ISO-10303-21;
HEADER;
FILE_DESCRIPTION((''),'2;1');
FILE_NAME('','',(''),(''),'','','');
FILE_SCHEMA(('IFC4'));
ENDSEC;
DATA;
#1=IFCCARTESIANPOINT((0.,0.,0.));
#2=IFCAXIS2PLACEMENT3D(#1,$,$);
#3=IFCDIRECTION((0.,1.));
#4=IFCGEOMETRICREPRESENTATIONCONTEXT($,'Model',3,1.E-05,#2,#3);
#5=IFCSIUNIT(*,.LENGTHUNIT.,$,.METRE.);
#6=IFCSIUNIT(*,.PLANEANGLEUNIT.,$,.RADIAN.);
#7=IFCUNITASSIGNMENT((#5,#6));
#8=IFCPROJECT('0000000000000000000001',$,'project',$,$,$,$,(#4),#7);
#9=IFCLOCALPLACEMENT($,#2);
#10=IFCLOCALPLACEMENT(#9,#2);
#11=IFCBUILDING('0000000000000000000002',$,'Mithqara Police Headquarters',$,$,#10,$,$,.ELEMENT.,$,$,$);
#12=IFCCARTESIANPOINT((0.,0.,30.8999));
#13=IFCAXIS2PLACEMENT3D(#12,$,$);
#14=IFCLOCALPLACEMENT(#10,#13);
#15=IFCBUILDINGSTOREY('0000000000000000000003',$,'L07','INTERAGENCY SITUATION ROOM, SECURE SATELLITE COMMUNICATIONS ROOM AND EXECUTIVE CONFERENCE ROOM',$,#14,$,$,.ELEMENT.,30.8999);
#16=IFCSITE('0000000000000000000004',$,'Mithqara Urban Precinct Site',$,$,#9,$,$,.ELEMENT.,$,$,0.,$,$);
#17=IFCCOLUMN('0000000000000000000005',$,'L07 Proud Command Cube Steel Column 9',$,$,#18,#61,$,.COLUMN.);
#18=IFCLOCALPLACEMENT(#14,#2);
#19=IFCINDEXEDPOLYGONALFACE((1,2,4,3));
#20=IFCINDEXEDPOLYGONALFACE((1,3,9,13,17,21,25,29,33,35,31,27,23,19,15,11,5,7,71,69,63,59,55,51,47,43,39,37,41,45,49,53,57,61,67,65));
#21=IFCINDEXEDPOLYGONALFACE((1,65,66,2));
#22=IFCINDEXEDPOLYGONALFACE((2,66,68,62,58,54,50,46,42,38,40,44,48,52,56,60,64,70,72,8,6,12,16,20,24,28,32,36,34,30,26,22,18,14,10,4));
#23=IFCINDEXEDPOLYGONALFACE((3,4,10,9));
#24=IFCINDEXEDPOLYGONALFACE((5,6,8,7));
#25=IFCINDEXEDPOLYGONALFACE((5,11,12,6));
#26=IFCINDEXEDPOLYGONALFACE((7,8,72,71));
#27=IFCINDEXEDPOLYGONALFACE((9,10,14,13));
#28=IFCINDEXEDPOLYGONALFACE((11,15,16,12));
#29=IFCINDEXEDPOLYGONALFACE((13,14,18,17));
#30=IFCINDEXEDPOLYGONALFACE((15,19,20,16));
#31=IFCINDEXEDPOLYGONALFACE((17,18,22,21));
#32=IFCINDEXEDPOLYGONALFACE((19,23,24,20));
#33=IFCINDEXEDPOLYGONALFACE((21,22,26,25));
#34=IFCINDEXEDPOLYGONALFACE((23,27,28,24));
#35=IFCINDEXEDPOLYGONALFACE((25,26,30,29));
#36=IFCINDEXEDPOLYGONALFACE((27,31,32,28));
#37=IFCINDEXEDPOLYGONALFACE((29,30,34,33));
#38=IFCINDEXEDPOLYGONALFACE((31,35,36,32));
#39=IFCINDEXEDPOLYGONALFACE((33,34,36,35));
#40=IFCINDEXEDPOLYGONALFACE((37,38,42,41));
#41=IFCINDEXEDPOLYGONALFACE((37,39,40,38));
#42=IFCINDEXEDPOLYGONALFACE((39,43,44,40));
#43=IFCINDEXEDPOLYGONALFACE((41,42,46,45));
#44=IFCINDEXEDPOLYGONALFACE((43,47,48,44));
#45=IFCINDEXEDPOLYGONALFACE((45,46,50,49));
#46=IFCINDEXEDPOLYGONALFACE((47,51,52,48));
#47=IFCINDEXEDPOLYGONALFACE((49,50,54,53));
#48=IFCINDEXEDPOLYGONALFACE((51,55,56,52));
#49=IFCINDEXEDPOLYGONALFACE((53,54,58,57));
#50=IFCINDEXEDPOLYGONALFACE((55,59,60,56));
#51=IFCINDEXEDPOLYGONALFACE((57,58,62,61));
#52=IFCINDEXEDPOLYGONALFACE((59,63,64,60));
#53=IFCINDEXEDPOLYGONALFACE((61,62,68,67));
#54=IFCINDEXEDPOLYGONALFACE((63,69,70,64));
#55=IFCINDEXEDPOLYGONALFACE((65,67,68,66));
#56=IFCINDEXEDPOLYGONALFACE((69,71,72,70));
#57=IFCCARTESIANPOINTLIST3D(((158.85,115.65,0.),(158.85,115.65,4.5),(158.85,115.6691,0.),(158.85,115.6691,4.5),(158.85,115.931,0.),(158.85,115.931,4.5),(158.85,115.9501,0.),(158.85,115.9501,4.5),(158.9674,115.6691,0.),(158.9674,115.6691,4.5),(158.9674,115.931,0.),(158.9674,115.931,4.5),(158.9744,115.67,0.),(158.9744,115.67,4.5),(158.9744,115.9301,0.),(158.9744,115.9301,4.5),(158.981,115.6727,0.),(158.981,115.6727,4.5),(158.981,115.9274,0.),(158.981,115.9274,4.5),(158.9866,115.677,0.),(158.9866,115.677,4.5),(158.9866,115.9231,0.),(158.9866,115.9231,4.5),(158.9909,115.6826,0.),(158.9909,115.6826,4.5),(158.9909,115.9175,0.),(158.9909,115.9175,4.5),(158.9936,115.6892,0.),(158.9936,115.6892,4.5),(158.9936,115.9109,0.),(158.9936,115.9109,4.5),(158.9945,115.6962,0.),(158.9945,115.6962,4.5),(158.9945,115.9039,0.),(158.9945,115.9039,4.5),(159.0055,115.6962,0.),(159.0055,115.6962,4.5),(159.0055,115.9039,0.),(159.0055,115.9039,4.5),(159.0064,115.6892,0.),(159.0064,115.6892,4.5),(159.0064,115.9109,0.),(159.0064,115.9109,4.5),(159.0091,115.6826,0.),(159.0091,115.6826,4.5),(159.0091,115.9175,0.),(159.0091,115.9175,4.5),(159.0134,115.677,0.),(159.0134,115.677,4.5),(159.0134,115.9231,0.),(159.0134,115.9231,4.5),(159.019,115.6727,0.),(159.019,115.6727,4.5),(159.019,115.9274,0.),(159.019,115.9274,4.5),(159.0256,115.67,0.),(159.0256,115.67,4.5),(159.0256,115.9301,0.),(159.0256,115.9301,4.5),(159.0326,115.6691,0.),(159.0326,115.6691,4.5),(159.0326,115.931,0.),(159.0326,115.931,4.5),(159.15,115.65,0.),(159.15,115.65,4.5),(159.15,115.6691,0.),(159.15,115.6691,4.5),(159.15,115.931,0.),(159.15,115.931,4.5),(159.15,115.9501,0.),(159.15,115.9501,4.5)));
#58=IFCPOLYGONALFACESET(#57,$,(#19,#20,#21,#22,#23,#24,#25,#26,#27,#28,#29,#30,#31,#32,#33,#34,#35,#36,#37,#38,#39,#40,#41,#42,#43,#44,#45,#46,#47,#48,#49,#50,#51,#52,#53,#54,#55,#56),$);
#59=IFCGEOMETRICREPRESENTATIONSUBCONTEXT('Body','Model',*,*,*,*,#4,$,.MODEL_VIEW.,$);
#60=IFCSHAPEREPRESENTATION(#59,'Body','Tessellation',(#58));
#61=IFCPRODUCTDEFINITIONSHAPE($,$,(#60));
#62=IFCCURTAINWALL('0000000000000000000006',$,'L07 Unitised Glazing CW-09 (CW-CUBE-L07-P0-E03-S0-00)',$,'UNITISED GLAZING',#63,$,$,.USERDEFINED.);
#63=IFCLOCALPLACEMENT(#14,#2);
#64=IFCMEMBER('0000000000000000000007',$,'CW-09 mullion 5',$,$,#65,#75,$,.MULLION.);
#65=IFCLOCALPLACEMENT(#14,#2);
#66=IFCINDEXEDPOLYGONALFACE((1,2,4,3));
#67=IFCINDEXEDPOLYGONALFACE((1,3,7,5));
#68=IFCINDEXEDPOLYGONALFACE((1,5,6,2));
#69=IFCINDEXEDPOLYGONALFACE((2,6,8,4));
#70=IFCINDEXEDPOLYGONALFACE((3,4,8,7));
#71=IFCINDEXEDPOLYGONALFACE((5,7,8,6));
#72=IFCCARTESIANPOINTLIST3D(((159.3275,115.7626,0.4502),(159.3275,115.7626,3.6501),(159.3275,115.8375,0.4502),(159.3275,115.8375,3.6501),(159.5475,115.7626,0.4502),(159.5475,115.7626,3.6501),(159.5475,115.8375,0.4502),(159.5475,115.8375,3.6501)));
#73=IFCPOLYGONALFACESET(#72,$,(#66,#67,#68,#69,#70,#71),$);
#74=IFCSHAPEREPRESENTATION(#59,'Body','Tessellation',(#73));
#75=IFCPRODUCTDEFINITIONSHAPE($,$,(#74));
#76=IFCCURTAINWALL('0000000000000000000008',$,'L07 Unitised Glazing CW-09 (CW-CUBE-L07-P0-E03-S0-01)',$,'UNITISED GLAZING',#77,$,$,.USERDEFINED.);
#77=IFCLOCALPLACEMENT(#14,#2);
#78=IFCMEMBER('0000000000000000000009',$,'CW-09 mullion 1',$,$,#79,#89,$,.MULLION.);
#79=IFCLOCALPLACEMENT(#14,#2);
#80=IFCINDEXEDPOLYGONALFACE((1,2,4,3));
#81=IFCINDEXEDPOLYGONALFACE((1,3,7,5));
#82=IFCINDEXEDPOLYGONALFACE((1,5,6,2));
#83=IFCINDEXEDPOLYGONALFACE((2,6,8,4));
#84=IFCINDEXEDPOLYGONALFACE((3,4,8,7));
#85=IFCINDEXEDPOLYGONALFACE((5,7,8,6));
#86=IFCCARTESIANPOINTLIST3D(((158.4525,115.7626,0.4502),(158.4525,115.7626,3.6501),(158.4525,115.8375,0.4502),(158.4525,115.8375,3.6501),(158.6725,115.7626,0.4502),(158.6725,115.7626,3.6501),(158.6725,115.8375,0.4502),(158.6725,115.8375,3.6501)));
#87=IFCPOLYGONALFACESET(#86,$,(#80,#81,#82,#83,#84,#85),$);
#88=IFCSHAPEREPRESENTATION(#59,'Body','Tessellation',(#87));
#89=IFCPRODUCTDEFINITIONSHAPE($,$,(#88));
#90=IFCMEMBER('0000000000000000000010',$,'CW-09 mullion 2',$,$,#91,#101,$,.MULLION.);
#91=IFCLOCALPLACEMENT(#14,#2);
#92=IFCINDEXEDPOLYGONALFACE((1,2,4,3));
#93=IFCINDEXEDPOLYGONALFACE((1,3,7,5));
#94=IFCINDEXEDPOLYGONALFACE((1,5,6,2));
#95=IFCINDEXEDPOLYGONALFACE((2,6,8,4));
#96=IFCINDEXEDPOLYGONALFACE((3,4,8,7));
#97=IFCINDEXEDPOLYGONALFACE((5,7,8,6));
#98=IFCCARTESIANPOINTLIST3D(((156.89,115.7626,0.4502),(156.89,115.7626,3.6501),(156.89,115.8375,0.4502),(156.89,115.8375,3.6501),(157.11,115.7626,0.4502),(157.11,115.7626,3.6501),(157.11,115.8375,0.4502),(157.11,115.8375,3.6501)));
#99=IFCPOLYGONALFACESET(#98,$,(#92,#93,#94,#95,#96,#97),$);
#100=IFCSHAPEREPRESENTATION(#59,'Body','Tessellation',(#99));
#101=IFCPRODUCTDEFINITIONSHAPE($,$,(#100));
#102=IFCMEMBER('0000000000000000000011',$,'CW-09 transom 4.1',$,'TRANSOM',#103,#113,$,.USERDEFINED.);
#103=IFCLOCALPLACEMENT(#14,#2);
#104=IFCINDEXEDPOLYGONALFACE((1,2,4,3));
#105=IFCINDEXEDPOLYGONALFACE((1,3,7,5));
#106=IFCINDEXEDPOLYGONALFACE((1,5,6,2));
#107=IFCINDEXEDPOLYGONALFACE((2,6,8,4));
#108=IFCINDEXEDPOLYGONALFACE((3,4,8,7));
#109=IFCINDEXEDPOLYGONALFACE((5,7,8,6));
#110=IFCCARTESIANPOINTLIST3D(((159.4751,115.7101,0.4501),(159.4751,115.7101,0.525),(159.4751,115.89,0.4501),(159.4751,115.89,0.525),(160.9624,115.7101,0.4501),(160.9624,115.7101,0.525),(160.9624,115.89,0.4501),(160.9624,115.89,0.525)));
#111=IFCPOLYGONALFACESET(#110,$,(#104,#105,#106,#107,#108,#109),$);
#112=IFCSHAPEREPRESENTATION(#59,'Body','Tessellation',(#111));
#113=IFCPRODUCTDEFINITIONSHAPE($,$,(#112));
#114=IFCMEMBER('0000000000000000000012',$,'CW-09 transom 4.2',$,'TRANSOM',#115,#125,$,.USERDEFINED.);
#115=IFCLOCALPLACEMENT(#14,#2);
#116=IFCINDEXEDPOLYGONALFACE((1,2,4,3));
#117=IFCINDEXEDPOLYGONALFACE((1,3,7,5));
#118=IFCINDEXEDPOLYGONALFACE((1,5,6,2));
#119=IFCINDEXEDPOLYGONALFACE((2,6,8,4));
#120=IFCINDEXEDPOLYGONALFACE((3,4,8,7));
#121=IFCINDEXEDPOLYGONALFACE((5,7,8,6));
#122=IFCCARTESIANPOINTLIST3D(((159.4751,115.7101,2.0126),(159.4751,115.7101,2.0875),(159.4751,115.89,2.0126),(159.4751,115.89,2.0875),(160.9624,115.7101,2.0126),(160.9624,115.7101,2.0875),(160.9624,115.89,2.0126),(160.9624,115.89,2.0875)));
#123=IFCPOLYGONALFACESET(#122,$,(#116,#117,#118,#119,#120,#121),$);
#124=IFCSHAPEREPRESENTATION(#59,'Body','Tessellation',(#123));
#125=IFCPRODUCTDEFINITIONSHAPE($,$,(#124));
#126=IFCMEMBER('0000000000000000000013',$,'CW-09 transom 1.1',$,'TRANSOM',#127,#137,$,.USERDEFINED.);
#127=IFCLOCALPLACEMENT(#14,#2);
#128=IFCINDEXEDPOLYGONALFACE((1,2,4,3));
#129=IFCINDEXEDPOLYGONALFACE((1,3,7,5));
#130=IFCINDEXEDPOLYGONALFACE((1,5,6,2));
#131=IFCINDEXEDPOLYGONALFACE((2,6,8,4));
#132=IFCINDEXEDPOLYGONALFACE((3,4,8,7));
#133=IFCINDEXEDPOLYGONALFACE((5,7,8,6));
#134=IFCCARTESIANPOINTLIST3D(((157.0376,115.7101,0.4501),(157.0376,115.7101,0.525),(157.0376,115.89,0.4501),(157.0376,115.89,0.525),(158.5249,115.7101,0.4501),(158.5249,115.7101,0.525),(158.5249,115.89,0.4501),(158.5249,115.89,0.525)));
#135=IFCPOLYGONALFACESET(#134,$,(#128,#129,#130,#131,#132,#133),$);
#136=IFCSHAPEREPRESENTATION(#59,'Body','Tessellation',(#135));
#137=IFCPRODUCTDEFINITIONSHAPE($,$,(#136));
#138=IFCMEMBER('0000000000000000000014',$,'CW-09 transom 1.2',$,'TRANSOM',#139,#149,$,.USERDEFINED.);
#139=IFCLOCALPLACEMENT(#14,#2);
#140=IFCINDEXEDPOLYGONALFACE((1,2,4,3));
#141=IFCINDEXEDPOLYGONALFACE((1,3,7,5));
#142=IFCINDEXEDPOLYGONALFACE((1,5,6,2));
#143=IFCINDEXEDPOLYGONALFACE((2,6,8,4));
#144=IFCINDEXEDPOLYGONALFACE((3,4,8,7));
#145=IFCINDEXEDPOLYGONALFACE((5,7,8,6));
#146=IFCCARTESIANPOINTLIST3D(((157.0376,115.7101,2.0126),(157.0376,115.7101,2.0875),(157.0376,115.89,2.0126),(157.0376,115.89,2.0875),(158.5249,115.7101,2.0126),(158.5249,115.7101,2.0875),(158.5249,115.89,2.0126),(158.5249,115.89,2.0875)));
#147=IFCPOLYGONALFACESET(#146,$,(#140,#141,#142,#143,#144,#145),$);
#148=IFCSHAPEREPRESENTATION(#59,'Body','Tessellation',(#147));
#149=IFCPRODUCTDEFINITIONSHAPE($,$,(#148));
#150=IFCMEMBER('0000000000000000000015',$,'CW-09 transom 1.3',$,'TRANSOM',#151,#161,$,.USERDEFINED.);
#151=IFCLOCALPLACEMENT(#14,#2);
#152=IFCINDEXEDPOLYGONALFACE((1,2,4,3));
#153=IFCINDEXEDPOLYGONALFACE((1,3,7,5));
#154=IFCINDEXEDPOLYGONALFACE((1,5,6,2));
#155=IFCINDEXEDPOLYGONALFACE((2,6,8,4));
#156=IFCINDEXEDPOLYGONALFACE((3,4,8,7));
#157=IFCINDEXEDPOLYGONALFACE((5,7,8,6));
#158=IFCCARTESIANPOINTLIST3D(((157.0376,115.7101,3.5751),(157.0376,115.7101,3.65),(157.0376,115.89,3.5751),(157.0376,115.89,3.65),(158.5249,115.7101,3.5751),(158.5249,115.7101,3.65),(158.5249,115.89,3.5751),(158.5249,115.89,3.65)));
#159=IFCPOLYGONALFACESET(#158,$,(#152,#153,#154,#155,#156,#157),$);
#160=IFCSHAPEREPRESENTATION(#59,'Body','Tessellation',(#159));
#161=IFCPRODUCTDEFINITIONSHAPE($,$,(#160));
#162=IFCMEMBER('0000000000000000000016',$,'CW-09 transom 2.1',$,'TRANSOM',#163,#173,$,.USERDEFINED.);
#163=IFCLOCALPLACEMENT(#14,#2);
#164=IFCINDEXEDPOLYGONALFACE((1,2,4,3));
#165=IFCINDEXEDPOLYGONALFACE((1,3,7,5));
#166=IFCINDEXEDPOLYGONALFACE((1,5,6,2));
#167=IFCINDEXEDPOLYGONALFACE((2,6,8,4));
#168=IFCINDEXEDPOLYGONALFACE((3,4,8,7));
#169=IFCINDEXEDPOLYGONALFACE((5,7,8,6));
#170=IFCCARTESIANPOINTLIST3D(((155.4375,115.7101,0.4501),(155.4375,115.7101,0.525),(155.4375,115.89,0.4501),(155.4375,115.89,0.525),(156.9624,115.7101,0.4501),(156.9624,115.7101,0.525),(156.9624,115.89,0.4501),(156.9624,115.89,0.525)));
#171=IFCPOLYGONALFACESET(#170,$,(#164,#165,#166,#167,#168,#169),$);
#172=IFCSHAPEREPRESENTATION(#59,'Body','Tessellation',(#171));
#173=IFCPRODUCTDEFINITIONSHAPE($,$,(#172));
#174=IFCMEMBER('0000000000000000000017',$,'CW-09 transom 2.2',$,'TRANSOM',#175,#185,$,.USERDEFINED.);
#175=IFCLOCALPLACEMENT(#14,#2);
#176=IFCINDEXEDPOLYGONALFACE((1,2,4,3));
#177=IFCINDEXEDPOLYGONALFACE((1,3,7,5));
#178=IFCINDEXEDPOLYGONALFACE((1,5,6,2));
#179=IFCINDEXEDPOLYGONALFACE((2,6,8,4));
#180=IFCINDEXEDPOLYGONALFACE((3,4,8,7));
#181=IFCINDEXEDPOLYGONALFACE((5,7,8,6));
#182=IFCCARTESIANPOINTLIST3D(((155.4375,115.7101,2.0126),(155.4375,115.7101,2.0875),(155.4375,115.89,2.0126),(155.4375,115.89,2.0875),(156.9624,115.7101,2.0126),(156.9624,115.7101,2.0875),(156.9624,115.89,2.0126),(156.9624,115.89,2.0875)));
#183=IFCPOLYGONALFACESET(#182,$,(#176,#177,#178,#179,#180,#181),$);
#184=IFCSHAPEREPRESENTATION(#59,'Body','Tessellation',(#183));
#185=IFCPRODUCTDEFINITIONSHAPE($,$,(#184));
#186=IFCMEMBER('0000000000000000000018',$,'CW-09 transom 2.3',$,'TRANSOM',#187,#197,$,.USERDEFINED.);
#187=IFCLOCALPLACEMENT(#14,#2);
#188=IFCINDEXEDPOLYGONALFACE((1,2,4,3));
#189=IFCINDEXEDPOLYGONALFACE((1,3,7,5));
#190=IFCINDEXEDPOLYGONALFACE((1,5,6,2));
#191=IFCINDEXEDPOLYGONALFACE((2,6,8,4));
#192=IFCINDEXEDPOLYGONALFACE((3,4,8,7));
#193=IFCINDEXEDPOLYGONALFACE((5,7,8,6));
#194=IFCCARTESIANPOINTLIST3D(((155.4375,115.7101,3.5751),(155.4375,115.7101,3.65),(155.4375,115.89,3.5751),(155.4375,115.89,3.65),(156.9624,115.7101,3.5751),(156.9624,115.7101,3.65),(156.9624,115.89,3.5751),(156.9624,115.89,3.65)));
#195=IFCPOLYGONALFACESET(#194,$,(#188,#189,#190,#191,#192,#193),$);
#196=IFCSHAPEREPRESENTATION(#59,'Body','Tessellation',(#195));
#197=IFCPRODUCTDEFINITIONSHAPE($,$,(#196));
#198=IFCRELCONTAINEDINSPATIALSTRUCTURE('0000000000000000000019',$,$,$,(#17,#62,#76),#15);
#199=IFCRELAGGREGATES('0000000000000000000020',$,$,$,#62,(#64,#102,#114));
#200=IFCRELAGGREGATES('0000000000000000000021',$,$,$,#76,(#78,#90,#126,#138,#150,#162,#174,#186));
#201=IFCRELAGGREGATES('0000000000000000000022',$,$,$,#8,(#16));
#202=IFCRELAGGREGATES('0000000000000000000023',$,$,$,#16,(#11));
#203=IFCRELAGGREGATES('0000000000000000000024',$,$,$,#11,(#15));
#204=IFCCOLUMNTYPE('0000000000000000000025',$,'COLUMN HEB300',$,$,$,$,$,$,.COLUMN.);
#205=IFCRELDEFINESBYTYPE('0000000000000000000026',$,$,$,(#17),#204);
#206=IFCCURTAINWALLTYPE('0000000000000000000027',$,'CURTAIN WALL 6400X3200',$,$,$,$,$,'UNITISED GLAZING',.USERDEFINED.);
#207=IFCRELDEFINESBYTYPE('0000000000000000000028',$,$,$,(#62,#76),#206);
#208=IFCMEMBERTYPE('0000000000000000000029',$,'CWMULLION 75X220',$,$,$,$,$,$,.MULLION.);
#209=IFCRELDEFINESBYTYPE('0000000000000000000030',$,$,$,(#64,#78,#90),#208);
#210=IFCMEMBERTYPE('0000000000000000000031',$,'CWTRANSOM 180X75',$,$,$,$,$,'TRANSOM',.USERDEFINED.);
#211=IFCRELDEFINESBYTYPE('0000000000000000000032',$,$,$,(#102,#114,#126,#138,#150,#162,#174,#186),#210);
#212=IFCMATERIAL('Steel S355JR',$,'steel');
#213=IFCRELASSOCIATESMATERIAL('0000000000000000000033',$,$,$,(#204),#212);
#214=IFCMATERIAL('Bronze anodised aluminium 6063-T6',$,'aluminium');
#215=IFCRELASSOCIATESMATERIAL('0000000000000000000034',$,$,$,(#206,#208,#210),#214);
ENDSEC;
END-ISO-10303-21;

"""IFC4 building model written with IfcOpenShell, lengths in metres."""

from ifc_helpers import new_model, si_unit, direction, frame, origin, origin_2d, place, context, subcontext, project, spatial, rectangle, i_section, extrude, material, material_profile, profile_set, type_object, element, aggregate, save


model = new_model("IFC4")

# Units and contexts
model_context = context("Model", 3, precision=1e-05, world=origin(), true_north=direction((0.0, 1.0)))
body_context = subcontext(model_context, "Body", "Model", "MODEL_VIEW")
ifc_project = project(units=[si_unit("LENGTHUNIT", "METRE"), si_unit("PLANEANGLEUNIT", "RADIAN")], contexts=[model_context])

# Site, building, storey
site_placement = place(None, origin())
site = spatial("IfcSite", under=ifc_project, at=site_placement, Name="Mithqara Urban Precinct Site", CompositionType="ELEMENT", RefElevation=0.0)
building_placement = place(site_placement, origin())
building = spatial("IfcBuilding", under=site, at=building_placement, Name="Mithqara Police Headquarters", CompositionType="ELEMENT")
storey_placement = place(building_placement, frame((0.0, 0.0, 30.8999)))
storey = spatial("IfcBuildingStorey", under=building, at=storey_placement, Name="L07", Description="INTERAGENCY SITUATION ROOM, SECURE SATELLITE COMMUNICATIONS ROOM AND EXECUTIVE CONFERENCE ROOM", CompositionType="ELEMENT", Elevation=30.8999)

# Column
ifc_material_1 = material(Name="Steel S355JR", Category="steel")
ifc_material_profile_1 = material_profile(ifc_material_1, i_section(OverallWidth=0.3, OverallDepth=0.3, WebThickness=0.011, FlangeThickness=0.019, FilletRadius=0.0271, at=origin_2d()), Name="HEB 300")
ifc_profile_set_1 = profile_set([ifc_material_profile_1], Name="Steel S355JR")
column_type = type_object("IfcColumnType", Name="COLUMN HEB300", PredefinedType="COLUMN", material=ifc_profile_set_1)
column_placement = place(storey_placement, frame((159.0, 115.8, 0.0), z_axis=(0.0, 0.0, 1.0), x_axis=(1.0, 0.0, 0.0)))
element("IfcColumn", 1, at=column_placement, inside=storey, type_object=column_type, Name="L07 Proud Command Cube Steel Column 9", PredefinedType="COLUMN", context=body_context, shape_type="SweptSolid", body=[
    extrude(i_section(OverallWidth=0.3, OverallDepth=0.3, WebThickness=0.011, FlangeThickness=0.019, FilletRadius=0.0271, at=origin_2d()), origin(), (0.0, 0.0, 1.0), 4.5),
])

# Curtain wall, member
ifc_material_2 = material(Name="Bronze anodised aluminium 6063-T6", Category="aluminium")
curtain_wall_type = type_object("IfcCurtainWallType", Name="CURTAIN WALL 6400X3200", ElementType="UNITISED GLAZING", PredefinedType="USERDEFINED", material=ifc_material_2)
curtain_wall_1_placement = place(storey_placement, origin())
curtain_wall_1 = element("IfcCurtainWall", 2, at=curtain_wall_1_placement, inside=storey, type_object=curtain_wall_type, Name="L07 Unitised Glazing CW-09 (CW-CUBE-L07-P0-E03-S0-00)", ObjectType="UNITISED GLAZING", PredefinedType="USERDEFINED")
ifc_material_profile_2 = material_profile(ifc_material_2, rectangle(XDim=0.075, YDim=0.22, at=origin_2d()), Name="CWM 75x220")
ifc_profile_set_2 = profile_set([ifc_material_profile_2], Name="Bronze anodised aluminium 6063-T6")
member_type_1 = type_object("IfcMemberType", Name="CWMULLION 75X220", PredefinedType="MULLION", material=ifc_profile_set_2)
member_1_placement = place(storey_placement, frame((159.4375, 115.8, 0.4502), z_axis=(0.0, 0.0, 1.0), x_axis=(0.0, -1.0, 0.0)))
member_1 = element("IfcMember", 3, at=member_1_placement, type_object=member_type_1, Name="CW-09 mullion 5", PredefinedType="MULLION", context=body_context, shape_type="SweptSolid", body=[
    extrude(rectangle(XDim=0.075, YDim=0.22, at=origin_2d()), origin(), (0.0, 0.0, 1.0), 3.2),
])

# Curtain wall, members
curtain_wall_2_placement = place(storey_placement, origin())
curtain_wall_2 = element("IfcCurtainWall", 4, at=curtain_wall_2_placement, inside=storey, type_object=curtain_wall_type, Name="L07 Unitised Glazing CW-09 (CW-CUBE-L07-P0-E03-S0-01)", ObjectType="UNITISED GLAZING", PredefinedType="USERDEFINED")
member_2_placement = place(storey_placement, frame((158.5625, 115.8, 0.4502), z_axis=(0.0, 0.0, 1.0), x_axis=(0.0, -1.0, 0.0)))
member_2 = element("IfcMember", 5, at=member_2_placement, type_object=member_type_1, Name="CW-09 mullion 1", PredefinedType="MULLION", context=body_context, shape_type="SweptSolid", body=[
    extrude(rectangle(XDim=0.075, YDim=0.22, at=origin_2d()), origin(), (0.0, 0.0, 1.0), 3.2),
])
member_3_placement = place(storey_placement, frame((157.0, 115.8, 0.4502), z_axis=(0.0, 0.0, 1.0), x_axis=(0.0, -1.0, 0.0)))
member_3 = element("IfcMember", 6, at=member_3_placement, type_object=member_type_1, Name="CW-09 mullion 2", PredefinedType="MULLION", context=body_context, shape_type="SweptSolid", body=[
    extrude(rectangle(XDim=0.075, YDim=0.22, at=origin_2d()), origin(), (0.0, 0.0, 1.0), 3.2),
])

# Members
ifc_material_profile_3 = material_profile(ifc_material_2, rectangle(XDim=0.1799, YDim=0.075, at=origin_2d()), Name="CWT 180x75")
ifc_profile_set_3 = profile_set([ifc_material_profile_3], Name="Bronze anodised aluminium 6063-T6")
member_type_2 = type_object("IfcMemberType", Name="CWTRANSOM 180X75", ElementType="TRANSOM", PredefinedType="USERDEFINED", material=ifc_profile_set_3)
member_4_placement = place(storey_placement, frame((160.9624, 115.8, 0.4875), z_axis=(-1.0, 0.0, 0.0), x_axis=(0.0, -1.0, 0.0)))
member_4 = element("IfcMember", 7, at=member_4_placement, type_object=member_type_2, Name="CW-09 transom 4.1", ObjectType="TRANSOM", PredefinedType="USERDEFINED", context=body_context, shape_type="SweptSolid", body=[
    extrude(rectangle(XDim=0.1799, YDim=0.075, at=origin_2d()), origin(), (0.0, 0.0, 1.0), 1.4873),
])
member_5_placement = place(storey_placement, frame((160.9624, 115.8, 2.05), z_axis=(-1.0, 0.0, 0.0), x_axis=(0.0, -1.0, 0.0)))
member_5 = element("IfcMember", 8, at=member_5_placement, type_object=member_type_2, Name="CW-09 transom 4.2", ObjectType="TRANSOM", PredefinedType="USERDEFINED", context=body_context, shape_type="SweptSolid", body=[
    extrude(rectangle(XDim=0.1799, YDim=0.075, at=origin_2d()), origin(), (0.0, 0.0, 1.0), 1.4873),
])
member_6_placement = place(storey_placement, frame((158.5249, 115.8, 0.4875), z_axis=(-1.0, 0.0, 0.0), x_axis=(0.0, -1.0, 0.0)))
member_6 = element("IfcMember", 9, at=member_6_placement, type_object=member_type_2, Name="CW-09 transom 1.1", ObjectType="TRANSOM", PredefinedType="USERDEFINED", context=body_context, shape_type="SweptSolid", body=[
    extrude(rectangle(XDim=0.1799, YDim=0.075, at=origin_2d()), origin(), (0.0, 0.0, 1.0), 1.4873),
])
member_7_placement = place(storey_placement, frame((158.5249, 115.8, 2.05), z_axis=(-1.0, 0.0, 0.0), x_axis=(0.0, -1.0, 0.0)))
member_7 = element("IfcMember", 10, at=member_7_placement, type_object=member_type_2, Name="CW-09 transom 1.2", ObjectType="TRANSOM", PredefinedType="USERDEFINED", context=body_context, shape_type="SweptSolid", body=[
    extrude(rectangle(XDim=0.1799, YDim=0.075, at=origin_2d()), origin(), (0.0, 0.0, 1.0), 1.4873),
])
member_8_placement = place(storey_placement, frame((158.5249, 115.8, 3.6125), z_axis=(-1.0, 0.0, 0.0), x_axis=(0.0, -1.0, 0.0)))
member_8 = element("IfcMember", 11, at=member_8_placement, type_object=member_type_2, Name="CW-09 transom 1.3", ObjectType="TRANSOM", PredefinedType="USERDEFINED", context=body_context, shape_type="SweptSolid", body=[
    extrude(rectangle(XDim=0.1799, YDim=0.075, at=origin_2d()), origin(), (0.0, 0.0, 1.0), 1.4873),
])
member_9_placement = place(storey_placement, frame((156.9624, 115.8, 0.4875), z_axis=(-1.0, 0.0, 0.0), x_axis=(0.0, -1.0, 0.0)))
member_9 = element("IfcMember", 12, at=member_9_placement, type_object=member_type_2, Name="CW-09 transom 2.1", ObjectType="TRANSOM", PredefinedType="USERDEFINED", context=body_context, shape_type="SweptSolid", body=[
    extrude(rectangle(XDim=0.1799, YDim=0.075, at=origin_2d()), origin(), (0.0, 0.0, 1.0), 1.5249),
])
member_10_placement = place(storey_placement, frame((156.9624, 115.8, 2.05), z_axis=(-1.0, 0.0, 0.0), x_axis=(0.0, -1.0, 0.0)))
member_10 = element("IfcMember", 13, at=member_10_placement, type_object=member_type_2, Name="CW-09 transom 2.2", ObjectType="TRANSOM", PredefinedType="USERDEFINED", context=body_context, shape_type="SweptSolid", body=[
    extrude(rectangle(XDim=0.1799, YDim=0.075, at=origin_2d()), origin(), (0.0, 0.0, 1.0), 1.5249),
])
member_11_placement = place(storey_placement, frame((156.9624, 115.8, 3.6125), z_axis=(-1.0, 0.0, 0.0), x_axis=(0.0, -1.0, 0.0)))
member_11 = element("IfcMember", 14, at=member_11_placement, type_object=member_type_2, Name="CW-09 transom 2.3", ObjectType="TRANSOM", PredefinedType="USERDEFINED", context=body_context, shape_type="SweptSolid", body=[
    extrude(rectangle(XDim=0.1799, YDim=0.075, at=origin_2d()), origin(), (0.0, 0.0, 1.0), 1.5249),
])

aggregate(curtain_wall_1, [member_1, member_4, member_5])
aggregate(curtain_wall_2, [member_2, member_3, member_6, member_7, member_8, member_9, member_10, member_11])

save(model, "model.ifc")
